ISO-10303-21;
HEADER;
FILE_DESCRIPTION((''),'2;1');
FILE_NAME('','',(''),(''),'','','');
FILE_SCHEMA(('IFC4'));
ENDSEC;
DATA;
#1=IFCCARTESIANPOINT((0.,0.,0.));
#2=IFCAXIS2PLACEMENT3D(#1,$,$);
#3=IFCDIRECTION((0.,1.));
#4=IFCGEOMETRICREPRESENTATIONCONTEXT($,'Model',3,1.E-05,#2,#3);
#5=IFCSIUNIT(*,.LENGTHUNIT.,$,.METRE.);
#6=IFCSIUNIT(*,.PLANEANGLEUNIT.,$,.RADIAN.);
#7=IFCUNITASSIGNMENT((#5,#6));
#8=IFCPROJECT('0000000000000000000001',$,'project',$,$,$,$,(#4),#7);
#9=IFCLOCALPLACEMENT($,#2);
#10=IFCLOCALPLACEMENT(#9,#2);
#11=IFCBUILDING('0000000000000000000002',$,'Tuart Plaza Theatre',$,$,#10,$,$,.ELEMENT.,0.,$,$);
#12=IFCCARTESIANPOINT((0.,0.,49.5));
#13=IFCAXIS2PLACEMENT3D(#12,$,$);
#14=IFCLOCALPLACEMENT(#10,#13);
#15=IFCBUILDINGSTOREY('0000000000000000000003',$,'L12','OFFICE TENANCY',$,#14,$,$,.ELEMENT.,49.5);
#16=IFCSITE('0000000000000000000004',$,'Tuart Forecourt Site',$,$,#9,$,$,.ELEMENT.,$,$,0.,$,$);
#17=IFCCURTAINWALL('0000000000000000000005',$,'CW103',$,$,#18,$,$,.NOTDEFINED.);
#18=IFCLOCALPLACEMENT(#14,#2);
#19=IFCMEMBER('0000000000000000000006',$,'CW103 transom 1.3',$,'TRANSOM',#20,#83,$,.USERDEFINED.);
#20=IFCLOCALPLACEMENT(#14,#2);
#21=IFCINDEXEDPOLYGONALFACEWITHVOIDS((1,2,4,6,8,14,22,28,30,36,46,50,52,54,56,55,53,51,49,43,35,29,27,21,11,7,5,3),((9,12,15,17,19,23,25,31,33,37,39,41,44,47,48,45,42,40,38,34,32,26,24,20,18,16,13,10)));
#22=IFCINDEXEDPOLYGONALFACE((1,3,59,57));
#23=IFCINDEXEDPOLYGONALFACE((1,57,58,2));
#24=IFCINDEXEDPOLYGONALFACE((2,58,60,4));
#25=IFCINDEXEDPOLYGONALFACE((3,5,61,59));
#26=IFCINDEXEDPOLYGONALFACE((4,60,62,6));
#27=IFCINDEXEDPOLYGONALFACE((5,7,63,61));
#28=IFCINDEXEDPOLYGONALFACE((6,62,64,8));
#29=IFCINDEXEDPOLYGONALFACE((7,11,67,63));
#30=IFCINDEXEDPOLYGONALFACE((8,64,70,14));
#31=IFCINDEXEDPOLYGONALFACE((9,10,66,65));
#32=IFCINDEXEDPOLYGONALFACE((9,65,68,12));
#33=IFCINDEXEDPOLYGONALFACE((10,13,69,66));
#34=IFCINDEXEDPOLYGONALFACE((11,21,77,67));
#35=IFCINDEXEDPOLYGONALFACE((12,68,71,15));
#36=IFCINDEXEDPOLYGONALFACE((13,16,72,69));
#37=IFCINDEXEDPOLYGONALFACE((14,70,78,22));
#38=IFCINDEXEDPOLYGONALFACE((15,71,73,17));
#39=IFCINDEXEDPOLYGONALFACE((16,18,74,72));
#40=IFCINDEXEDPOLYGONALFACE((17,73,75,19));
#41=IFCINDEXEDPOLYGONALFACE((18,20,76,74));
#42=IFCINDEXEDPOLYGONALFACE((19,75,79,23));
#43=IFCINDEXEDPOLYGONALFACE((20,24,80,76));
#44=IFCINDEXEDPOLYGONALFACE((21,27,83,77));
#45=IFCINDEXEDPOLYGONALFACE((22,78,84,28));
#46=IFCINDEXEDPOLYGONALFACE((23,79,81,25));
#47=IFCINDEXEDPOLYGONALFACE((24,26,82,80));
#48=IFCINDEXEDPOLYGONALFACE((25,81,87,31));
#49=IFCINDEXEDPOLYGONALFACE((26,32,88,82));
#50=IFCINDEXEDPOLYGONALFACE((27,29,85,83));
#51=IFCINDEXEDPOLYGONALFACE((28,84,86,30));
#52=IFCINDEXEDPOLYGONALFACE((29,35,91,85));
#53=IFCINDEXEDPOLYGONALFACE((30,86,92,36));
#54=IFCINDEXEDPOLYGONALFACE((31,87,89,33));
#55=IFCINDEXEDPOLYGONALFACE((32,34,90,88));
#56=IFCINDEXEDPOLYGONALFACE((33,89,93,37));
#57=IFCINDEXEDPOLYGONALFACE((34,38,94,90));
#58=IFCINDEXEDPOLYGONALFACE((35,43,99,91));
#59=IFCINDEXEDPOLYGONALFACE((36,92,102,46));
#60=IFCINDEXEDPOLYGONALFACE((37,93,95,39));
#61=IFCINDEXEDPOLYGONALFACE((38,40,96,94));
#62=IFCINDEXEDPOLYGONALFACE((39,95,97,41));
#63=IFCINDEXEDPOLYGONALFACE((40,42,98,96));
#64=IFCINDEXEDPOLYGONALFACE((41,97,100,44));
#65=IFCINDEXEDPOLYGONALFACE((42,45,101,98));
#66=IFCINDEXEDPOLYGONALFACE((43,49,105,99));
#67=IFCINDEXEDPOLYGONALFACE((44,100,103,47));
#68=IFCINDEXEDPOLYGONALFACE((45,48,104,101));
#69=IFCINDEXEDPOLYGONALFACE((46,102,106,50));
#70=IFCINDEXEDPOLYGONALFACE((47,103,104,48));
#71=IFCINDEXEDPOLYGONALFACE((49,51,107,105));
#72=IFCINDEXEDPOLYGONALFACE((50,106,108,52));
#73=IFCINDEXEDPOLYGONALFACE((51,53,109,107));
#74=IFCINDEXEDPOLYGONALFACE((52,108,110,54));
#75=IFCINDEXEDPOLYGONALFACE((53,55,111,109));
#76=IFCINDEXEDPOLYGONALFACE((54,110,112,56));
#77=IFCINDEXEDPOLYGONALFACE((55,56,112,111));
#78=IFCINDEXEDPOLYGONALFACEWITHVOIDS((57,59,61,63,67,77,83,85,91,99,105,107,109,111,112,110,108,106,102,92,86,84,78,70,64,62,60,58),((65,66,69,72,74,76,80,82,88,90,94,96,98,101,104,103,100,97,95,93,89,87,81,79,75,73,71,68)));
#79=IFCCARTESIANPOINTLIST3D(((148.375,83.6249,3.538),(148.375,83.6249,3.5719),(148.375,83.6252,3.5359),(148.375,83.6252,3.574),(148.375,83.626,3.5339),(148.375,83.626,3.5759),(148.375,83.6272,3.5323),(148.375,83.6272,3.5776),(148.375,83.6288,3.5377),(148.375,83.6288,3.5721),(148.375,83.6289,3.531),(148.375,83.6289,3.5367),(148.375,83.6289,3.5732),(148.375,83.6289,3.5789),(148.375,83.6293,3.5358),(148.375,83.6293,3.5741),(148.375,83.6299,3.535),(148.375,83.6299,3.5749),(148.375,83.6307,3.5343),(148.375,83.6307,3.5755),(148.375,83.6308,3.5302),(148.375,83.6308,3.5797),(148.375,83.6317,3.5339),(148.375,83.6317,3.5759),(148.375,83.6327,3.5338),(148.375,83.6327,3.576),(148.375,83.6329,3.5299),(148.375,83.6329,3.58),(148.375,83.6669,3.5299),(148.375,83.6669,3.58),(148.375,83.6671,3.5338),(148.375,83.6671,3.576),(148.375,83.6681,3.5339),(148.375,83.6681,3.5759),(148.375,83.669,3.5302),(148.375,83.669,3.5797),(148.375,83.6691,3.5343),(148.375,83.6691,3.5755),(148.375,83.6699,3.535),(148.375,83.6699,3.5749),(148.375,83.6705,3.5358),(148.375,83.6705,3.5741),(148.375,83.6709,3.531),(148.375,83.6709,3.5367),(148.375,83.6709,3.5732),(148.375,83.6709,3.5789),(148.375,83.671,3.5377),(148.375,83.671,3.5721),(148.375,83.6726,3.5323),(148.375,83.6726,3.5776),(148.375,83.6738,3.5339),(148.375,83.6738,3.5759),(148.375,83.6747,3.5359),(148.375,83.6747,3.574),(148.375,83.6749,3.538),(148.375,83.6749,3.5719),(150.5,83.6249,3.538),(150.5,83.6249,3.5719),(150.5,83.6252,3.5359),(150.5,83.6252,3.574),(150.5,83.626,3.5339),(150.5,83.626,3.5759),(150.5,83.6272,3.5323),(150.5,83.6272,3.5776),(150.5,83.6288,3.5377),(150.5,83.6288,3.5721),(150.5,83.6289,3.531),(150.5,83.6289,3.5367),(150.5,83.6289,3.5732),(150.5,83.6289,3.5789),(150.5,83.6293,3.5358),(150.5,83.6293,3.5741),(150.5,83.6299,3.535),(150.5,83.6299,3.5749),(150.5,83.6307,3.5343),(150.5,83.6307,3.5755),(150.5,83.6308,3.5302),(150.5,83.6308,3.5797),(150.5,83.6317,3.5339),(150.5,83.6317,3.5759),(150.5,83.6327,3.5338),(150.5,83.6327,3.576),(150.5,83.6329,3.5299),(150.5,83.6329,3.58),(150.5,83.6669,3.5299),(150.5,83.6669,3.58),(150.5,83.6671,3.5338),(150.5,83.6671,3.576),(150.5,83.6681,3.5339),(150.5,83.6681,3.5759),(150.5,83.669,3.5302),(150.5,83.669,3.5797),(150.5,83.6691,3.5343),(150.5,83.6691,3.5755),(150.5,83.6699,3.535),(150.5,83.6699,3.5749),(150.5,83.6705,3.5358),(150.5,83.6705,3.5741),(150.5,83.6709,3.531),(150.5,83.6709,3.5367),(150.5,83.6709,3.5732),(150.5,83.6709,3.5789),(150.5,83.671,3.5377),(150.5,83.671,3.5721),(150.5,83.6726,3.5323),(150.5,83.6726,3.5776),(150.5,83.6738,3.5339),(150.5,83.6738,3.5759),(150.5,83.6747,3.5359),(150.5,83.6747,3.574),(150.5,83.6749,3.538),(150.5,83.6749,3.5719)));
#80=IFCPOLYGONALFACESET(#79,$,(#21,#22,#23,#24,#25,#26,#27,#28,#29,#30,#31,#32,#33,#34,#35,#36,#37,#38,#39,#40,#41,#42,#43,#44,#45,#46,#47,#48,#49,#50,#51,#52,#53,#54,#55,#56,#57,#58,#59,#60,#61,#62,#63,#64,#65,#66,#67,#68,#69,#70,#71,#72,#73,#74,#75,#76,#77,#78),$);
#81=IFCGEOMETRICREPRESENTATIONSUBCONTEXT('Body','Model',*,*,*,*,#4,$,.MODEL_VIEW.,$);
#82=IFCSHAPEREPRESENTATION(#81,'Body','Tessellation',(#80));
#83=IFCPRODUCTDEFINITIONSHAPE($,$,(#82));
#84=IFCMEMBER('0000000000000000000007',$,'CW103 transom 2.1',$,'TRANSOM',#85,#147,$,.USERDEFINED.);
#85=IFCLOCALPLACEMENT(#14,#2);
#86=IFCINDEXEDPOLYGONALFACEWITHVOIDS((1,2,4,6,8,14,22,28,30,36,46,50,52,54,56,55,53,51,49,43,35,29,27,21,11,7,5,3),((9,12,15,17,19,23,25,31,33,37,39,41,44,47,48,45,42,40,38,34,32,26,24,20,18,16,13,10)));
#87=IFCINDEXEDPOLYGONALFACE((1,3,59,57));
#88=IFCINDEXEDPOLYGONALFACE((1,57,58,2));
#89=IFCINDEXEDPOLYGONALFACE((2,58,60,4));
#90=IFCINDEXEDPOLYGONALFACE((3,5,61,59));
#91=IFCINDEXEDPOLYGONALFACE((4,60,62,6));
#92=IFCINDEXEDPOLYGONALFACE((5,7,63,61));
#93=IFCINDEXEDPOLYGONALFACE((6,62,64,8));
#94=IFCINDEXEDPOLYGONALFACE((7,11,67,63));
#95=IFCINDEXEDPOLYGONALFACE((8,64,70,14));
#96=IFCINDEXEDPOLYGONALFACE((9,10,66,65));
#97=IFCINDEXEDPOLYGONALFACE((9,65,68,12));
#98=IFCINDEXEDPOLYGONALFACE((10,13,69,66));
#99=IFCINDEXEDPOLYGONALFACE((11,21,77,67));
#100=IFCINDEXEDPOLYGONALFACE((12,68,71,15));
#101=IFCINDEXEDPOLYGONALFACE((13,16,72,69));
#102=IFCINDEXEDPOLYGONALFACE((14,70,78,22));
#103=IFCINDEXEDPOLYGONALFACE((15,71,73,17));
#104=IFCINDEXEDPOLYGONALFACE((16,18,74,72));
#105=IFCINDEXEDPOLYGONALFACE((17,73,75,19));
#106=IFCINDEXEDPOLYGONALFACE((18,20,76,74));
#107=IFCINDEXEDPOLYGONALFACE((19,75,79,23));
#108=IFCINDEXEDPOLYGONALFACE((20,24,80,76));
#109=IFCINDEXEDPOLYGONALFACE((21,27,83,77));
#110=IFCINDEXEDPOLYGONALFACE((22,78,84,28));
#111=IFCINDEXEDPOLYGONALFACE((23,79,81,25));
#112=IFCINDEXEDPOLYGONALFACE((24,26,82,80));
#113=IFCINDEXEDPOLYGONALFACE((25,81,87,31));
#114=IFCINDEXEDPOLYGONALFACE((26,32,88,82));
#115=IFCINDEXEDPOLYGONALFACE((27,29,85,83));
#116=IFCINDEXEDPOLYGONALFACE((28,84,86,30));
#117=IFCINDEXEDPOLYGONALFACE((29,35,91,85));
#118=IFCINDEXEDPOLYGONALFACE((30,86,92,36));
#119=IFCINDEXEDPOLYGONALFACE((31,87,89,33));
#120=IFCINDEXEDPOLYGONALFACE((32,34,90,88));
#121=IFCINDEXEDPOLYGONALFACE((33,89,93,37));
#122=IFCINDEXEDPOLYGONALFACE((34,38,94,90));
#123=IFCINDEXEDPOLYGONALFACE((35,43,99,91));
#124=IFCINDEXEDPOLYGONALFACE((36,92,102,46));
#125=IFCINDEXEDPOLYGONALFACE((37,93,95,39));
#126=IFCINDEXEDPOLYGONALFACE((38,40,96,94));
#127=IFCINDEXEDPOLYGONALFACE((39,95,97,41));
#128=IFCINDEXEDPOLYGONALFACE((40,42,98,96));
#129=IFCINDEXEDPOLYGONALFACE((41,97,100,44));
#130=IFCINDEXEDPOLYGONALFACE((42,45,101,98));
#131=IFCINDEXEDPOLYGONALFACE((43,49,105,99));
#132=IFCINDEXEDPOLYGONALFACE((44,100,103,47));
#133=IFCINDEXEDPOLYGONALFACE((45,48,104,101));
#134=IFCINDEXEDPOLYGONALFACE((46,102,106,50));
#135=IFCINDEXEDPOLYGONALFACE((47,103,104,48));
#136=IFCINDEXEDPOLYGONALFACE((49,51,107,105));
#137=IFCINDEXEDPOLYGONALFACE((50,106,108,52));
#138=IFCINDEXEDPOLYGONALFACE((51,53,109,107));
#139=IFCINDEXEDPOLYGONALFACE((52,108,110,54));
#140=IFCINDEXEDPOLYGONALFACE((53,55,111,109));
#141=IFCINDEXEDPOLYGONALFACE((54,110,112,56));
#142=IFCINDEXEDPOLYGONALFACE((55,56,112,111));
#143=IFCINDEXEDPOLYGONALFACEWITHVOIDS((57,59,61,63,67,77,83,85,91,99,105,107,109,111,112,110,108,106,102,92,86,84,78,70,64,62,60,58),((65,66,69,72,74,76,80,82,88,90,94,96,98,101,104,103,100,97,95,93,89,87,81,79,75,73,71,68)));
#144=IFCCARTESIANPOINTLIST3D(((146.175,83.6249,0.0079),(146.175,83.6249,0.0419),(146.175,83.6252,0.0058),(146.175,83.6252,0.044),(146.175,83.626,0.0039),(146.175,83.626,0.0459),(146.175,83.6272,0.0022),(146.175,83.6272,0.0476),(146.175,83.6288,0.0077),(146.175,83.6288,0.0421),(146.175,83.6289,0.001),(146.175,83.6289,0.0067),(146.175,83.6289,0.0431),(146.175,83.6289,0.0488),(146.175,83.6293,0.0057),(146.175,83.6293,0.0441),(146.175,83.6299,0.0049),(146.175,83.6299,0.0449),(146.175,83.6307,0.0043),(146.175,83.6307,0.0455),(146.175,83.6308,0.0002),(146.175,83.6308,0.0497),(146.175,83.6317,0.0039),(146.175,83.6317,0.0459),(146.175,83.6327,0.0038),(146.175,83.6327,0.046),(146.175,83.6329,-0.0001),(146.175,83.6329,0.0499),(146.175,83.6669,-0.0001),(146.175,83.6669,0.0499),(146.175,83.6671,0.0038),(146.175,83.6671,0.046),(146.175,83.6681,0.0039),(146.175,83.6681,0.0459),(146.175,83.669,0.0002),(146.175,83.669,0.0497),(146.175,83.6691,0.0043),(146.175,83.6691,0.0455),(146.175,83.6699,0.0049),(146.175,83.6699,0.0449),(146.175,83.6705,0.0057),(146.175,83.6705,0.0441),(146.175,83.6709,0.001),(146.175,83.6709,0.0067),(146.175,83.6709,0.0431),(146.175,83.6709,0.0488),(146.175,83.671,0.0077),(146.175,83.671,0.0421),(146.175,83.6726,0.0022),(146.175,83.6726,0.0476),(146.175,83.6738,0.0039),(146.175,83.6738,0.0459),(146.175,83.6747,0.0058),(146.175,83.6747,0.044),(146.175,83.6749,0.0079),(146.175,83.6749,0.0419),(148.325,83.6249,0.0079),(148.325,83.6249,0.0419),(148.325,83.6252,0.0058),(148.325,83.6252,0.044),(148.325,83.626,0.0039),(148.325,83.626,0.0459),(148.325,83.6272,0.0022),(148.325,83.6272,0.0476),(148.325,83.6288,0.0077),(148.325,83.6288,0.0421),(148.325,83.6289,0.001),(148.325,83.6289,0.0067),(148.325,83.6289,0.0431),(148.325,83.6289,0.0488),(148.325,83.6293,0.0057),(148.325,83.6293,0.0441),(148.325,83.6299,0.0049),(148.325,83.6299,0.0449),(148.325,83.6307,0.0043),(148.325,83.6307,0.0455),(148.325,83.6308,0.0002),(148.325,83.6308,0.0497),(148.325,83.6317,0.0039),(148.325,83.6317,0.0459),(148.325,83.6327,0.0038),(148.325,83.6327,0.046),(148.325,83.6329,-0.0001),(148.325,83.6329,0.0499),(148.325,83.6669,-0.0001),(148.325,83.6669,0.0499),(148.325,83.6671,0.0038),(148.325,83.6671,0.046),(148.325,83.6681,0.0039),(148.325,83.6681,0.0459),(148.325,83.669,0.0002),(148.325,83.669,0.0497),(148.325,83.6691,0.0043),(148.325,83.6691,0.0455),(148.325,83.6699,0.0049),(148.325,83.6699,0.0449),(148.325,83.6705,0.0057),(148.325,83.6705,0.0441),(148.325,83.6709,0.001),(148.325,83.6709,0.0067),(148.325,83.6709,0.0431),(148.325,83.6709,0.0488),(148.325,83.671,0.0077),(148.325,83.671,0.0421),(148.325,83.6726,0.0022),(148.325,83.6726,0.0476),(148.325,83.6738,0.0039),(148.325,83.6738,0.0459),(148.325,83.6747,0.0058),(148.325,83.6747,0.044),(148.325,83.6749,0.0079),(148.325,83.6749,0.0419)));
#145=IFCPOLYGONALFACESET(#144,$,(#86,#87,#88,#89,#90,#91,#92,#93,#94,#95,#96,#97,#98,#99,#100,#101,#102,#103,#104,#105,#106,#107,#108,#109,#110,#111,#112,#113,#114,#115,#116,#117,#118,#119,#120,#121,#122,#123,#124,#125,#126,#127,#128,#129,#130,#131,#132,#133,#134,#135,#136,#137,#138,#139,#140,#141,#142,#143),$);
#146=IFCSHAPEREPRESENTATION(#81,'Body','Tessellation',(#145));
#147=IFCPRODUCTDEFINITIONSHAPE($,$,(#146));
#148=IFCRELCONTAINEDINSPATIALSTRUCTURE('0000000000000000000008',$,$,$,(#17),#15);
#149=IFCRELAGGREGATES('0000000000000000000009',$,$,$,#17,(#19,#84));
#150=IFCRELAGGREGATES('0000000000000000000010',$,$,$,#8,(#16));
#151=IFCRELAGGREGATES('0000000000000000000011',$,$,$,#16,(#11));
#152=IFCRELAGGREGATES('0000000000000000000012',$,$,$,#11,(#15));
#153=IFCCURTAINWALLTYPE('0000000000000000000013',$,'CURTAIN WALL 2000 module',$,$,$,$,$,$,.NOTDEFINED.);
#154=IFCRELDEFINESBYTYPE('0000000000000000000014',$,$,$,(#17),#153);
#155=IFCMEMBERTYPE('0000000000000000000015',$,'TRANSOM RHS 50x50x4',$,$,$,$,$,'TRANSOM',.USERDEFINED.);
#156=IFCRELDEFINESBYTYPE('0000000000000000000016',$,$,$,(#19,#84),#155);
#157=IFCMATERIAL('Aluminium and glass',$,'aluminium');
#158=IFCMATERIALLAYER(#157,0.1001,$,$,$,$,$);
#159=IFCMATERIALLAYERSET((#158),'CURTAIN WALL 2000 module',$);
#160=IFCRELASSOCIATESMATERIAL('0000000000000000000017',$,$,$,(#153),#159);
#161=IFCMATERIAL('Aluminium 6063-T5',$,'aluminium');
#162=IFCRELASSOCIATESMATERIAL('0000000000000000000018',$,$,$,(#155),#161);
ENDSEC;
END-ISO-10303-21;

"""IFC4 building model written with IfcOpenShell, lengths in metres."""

from ifc_helpers import new_model, si_unit, direction, frame, origin, origin_2d, place, context, subcontext, project, spatial, hollow_rectangle, extrude, material, layer, layer_set, material_profile, profile_set, type_object, element, aggregate, save


model = new_model("IFC4")

# Units and contexts
model_context = context("Model", 3, precision=1e-05, world=origin(), true_north=direction((0.0, 1.0)))
body_context = subcontext(model_context, "Body", "Model", "MODEL_VIEW")
ifc_project = project(units=[si_unit("LENGTHUNIT", "METRE"), si_unit("PLANEANGLEUNIT", "RADIAN")], contexts=[model_context])

# Site, building, storey
site_placement = place(None, origin())
site = spatial("IfcSite", under=ifc_project, at=site_placement, Name="Tuart Forecourt Site", CompositionType="ELEMENT", RefElevation=0.0)
building_placement = place(site_placement, origin())
building = spatial("IfcBuilding", under=site, at=building_placement, Name="Tuart Plaza Theatre", CompositionType="ELEMENT", ElevationOfRefHeight=0.0)
storey_placement = place(building_placement, frame((0.0, 0.0, 49.5)))
storey = spatial("IfcBuildingStorey", under=building, at=storey_placement, Name="L12", Description="OFFICE TENANCY", CompositionType="ELEMENT", Elevation=49.5)

# Curtain wall
ifc_material_1 = material(Name="Aluminium and glass", Category="aluminium")
ifc_layer_1 = layer(ifc_material_1, 0.1001)
ifc_layer_set_1 = layer_set([ifc_layer_1], Name="CURTAIN WALL 2000 module")
curtain_wall_type = type_object("IfcCurtainWallType", Name="CURTAIN WALL 2000 module", PredefinedType="NOTDEFINED", material=ifc_layer_set_1)
curtain_wall_1_placement = place(storey_placement, origin())
curtain_wall_1 = element("IfcCurtainWall", 1, at=curtain_wall_1_placement, inside=storey, type_object=curtain_wall_type, Name="CW103", PredefinedType="NOTDEFINED")

# Members
ifc_material_2 = material(Name="Aluminium 6063-T5", Category="aluminium")
ifc_material_profile_1 = material_profile(ifc_material_2, hollow_rectangle(XDim=0.05, YDim=0.05, WallThickness=0.0039, InnerFilletRadius=0.0039, OuterFilletRadius=0.0081, at=origin_2d()), Name="RHS 50x50x4")
ifc_profile_set_1 = profile_set([ifc_material_profile_1], Name="Aluminium 6063-T5")
member_type_1 = type_object("IfcMemberType", Name="TRANSOM RHS 50x50x4", ElementType="TRANSOM", PredefinedType="USERDEFINED", material=ifc_profile_set_1)
member_1_placement = place(storey_placement, frame((150.5, 83.6499, 3.5549), z_axis=(-1.0, 0.0, 0.0), x_axis=(0.0, -1.0, 0.0)))
member_1 = element("IfcMember", 2, at=member_1_placement, type_object=member_type_1, Name="CW103 transom 1.3", ObjectType="TRANSOM", PredefinedType="USERDEFINED", context=body_context, shape_type="SweptSolid", body=[
    extrude(hollow_rectangle(XDim=0.05, YDim=0.05, WallThickness=0.0039, InnerFilletRadius=0.0039, OuterFilletRadius=0.0081, at=origin_2d()), origin(), (0.0, 0.0, 1.0), 2.125),
])
member_2_placement = place(storey_placement, frame((148.325, 83.6499, 0.0249), z_axis=(-1.0, 0.0, 0.0), x_axis=(0.0, -1.0, 0.0)))
member_2 = element("IfcMember", 3, at=member_2_placement, type_object=member_type_1, Name="CW103 transom 2.1", ObjectType="TRANSOM", PredefinedType="USERDEFINED", context=body_context, shape_type="SweptSolid", body=[
    extrude(hollow_rectangle(XDim=0.05, YDim=0.05, WallThickness=0.0039, InnerFilletRadius=0.0039, OuterFilletRadius=0.0081, at=origin_2d()), origin(), (0.0, 0.0, 1.0), 2.1499),
])

aggregate(curtain_wall_1, [member_1, member_2])

save(model, "model.ifc")
